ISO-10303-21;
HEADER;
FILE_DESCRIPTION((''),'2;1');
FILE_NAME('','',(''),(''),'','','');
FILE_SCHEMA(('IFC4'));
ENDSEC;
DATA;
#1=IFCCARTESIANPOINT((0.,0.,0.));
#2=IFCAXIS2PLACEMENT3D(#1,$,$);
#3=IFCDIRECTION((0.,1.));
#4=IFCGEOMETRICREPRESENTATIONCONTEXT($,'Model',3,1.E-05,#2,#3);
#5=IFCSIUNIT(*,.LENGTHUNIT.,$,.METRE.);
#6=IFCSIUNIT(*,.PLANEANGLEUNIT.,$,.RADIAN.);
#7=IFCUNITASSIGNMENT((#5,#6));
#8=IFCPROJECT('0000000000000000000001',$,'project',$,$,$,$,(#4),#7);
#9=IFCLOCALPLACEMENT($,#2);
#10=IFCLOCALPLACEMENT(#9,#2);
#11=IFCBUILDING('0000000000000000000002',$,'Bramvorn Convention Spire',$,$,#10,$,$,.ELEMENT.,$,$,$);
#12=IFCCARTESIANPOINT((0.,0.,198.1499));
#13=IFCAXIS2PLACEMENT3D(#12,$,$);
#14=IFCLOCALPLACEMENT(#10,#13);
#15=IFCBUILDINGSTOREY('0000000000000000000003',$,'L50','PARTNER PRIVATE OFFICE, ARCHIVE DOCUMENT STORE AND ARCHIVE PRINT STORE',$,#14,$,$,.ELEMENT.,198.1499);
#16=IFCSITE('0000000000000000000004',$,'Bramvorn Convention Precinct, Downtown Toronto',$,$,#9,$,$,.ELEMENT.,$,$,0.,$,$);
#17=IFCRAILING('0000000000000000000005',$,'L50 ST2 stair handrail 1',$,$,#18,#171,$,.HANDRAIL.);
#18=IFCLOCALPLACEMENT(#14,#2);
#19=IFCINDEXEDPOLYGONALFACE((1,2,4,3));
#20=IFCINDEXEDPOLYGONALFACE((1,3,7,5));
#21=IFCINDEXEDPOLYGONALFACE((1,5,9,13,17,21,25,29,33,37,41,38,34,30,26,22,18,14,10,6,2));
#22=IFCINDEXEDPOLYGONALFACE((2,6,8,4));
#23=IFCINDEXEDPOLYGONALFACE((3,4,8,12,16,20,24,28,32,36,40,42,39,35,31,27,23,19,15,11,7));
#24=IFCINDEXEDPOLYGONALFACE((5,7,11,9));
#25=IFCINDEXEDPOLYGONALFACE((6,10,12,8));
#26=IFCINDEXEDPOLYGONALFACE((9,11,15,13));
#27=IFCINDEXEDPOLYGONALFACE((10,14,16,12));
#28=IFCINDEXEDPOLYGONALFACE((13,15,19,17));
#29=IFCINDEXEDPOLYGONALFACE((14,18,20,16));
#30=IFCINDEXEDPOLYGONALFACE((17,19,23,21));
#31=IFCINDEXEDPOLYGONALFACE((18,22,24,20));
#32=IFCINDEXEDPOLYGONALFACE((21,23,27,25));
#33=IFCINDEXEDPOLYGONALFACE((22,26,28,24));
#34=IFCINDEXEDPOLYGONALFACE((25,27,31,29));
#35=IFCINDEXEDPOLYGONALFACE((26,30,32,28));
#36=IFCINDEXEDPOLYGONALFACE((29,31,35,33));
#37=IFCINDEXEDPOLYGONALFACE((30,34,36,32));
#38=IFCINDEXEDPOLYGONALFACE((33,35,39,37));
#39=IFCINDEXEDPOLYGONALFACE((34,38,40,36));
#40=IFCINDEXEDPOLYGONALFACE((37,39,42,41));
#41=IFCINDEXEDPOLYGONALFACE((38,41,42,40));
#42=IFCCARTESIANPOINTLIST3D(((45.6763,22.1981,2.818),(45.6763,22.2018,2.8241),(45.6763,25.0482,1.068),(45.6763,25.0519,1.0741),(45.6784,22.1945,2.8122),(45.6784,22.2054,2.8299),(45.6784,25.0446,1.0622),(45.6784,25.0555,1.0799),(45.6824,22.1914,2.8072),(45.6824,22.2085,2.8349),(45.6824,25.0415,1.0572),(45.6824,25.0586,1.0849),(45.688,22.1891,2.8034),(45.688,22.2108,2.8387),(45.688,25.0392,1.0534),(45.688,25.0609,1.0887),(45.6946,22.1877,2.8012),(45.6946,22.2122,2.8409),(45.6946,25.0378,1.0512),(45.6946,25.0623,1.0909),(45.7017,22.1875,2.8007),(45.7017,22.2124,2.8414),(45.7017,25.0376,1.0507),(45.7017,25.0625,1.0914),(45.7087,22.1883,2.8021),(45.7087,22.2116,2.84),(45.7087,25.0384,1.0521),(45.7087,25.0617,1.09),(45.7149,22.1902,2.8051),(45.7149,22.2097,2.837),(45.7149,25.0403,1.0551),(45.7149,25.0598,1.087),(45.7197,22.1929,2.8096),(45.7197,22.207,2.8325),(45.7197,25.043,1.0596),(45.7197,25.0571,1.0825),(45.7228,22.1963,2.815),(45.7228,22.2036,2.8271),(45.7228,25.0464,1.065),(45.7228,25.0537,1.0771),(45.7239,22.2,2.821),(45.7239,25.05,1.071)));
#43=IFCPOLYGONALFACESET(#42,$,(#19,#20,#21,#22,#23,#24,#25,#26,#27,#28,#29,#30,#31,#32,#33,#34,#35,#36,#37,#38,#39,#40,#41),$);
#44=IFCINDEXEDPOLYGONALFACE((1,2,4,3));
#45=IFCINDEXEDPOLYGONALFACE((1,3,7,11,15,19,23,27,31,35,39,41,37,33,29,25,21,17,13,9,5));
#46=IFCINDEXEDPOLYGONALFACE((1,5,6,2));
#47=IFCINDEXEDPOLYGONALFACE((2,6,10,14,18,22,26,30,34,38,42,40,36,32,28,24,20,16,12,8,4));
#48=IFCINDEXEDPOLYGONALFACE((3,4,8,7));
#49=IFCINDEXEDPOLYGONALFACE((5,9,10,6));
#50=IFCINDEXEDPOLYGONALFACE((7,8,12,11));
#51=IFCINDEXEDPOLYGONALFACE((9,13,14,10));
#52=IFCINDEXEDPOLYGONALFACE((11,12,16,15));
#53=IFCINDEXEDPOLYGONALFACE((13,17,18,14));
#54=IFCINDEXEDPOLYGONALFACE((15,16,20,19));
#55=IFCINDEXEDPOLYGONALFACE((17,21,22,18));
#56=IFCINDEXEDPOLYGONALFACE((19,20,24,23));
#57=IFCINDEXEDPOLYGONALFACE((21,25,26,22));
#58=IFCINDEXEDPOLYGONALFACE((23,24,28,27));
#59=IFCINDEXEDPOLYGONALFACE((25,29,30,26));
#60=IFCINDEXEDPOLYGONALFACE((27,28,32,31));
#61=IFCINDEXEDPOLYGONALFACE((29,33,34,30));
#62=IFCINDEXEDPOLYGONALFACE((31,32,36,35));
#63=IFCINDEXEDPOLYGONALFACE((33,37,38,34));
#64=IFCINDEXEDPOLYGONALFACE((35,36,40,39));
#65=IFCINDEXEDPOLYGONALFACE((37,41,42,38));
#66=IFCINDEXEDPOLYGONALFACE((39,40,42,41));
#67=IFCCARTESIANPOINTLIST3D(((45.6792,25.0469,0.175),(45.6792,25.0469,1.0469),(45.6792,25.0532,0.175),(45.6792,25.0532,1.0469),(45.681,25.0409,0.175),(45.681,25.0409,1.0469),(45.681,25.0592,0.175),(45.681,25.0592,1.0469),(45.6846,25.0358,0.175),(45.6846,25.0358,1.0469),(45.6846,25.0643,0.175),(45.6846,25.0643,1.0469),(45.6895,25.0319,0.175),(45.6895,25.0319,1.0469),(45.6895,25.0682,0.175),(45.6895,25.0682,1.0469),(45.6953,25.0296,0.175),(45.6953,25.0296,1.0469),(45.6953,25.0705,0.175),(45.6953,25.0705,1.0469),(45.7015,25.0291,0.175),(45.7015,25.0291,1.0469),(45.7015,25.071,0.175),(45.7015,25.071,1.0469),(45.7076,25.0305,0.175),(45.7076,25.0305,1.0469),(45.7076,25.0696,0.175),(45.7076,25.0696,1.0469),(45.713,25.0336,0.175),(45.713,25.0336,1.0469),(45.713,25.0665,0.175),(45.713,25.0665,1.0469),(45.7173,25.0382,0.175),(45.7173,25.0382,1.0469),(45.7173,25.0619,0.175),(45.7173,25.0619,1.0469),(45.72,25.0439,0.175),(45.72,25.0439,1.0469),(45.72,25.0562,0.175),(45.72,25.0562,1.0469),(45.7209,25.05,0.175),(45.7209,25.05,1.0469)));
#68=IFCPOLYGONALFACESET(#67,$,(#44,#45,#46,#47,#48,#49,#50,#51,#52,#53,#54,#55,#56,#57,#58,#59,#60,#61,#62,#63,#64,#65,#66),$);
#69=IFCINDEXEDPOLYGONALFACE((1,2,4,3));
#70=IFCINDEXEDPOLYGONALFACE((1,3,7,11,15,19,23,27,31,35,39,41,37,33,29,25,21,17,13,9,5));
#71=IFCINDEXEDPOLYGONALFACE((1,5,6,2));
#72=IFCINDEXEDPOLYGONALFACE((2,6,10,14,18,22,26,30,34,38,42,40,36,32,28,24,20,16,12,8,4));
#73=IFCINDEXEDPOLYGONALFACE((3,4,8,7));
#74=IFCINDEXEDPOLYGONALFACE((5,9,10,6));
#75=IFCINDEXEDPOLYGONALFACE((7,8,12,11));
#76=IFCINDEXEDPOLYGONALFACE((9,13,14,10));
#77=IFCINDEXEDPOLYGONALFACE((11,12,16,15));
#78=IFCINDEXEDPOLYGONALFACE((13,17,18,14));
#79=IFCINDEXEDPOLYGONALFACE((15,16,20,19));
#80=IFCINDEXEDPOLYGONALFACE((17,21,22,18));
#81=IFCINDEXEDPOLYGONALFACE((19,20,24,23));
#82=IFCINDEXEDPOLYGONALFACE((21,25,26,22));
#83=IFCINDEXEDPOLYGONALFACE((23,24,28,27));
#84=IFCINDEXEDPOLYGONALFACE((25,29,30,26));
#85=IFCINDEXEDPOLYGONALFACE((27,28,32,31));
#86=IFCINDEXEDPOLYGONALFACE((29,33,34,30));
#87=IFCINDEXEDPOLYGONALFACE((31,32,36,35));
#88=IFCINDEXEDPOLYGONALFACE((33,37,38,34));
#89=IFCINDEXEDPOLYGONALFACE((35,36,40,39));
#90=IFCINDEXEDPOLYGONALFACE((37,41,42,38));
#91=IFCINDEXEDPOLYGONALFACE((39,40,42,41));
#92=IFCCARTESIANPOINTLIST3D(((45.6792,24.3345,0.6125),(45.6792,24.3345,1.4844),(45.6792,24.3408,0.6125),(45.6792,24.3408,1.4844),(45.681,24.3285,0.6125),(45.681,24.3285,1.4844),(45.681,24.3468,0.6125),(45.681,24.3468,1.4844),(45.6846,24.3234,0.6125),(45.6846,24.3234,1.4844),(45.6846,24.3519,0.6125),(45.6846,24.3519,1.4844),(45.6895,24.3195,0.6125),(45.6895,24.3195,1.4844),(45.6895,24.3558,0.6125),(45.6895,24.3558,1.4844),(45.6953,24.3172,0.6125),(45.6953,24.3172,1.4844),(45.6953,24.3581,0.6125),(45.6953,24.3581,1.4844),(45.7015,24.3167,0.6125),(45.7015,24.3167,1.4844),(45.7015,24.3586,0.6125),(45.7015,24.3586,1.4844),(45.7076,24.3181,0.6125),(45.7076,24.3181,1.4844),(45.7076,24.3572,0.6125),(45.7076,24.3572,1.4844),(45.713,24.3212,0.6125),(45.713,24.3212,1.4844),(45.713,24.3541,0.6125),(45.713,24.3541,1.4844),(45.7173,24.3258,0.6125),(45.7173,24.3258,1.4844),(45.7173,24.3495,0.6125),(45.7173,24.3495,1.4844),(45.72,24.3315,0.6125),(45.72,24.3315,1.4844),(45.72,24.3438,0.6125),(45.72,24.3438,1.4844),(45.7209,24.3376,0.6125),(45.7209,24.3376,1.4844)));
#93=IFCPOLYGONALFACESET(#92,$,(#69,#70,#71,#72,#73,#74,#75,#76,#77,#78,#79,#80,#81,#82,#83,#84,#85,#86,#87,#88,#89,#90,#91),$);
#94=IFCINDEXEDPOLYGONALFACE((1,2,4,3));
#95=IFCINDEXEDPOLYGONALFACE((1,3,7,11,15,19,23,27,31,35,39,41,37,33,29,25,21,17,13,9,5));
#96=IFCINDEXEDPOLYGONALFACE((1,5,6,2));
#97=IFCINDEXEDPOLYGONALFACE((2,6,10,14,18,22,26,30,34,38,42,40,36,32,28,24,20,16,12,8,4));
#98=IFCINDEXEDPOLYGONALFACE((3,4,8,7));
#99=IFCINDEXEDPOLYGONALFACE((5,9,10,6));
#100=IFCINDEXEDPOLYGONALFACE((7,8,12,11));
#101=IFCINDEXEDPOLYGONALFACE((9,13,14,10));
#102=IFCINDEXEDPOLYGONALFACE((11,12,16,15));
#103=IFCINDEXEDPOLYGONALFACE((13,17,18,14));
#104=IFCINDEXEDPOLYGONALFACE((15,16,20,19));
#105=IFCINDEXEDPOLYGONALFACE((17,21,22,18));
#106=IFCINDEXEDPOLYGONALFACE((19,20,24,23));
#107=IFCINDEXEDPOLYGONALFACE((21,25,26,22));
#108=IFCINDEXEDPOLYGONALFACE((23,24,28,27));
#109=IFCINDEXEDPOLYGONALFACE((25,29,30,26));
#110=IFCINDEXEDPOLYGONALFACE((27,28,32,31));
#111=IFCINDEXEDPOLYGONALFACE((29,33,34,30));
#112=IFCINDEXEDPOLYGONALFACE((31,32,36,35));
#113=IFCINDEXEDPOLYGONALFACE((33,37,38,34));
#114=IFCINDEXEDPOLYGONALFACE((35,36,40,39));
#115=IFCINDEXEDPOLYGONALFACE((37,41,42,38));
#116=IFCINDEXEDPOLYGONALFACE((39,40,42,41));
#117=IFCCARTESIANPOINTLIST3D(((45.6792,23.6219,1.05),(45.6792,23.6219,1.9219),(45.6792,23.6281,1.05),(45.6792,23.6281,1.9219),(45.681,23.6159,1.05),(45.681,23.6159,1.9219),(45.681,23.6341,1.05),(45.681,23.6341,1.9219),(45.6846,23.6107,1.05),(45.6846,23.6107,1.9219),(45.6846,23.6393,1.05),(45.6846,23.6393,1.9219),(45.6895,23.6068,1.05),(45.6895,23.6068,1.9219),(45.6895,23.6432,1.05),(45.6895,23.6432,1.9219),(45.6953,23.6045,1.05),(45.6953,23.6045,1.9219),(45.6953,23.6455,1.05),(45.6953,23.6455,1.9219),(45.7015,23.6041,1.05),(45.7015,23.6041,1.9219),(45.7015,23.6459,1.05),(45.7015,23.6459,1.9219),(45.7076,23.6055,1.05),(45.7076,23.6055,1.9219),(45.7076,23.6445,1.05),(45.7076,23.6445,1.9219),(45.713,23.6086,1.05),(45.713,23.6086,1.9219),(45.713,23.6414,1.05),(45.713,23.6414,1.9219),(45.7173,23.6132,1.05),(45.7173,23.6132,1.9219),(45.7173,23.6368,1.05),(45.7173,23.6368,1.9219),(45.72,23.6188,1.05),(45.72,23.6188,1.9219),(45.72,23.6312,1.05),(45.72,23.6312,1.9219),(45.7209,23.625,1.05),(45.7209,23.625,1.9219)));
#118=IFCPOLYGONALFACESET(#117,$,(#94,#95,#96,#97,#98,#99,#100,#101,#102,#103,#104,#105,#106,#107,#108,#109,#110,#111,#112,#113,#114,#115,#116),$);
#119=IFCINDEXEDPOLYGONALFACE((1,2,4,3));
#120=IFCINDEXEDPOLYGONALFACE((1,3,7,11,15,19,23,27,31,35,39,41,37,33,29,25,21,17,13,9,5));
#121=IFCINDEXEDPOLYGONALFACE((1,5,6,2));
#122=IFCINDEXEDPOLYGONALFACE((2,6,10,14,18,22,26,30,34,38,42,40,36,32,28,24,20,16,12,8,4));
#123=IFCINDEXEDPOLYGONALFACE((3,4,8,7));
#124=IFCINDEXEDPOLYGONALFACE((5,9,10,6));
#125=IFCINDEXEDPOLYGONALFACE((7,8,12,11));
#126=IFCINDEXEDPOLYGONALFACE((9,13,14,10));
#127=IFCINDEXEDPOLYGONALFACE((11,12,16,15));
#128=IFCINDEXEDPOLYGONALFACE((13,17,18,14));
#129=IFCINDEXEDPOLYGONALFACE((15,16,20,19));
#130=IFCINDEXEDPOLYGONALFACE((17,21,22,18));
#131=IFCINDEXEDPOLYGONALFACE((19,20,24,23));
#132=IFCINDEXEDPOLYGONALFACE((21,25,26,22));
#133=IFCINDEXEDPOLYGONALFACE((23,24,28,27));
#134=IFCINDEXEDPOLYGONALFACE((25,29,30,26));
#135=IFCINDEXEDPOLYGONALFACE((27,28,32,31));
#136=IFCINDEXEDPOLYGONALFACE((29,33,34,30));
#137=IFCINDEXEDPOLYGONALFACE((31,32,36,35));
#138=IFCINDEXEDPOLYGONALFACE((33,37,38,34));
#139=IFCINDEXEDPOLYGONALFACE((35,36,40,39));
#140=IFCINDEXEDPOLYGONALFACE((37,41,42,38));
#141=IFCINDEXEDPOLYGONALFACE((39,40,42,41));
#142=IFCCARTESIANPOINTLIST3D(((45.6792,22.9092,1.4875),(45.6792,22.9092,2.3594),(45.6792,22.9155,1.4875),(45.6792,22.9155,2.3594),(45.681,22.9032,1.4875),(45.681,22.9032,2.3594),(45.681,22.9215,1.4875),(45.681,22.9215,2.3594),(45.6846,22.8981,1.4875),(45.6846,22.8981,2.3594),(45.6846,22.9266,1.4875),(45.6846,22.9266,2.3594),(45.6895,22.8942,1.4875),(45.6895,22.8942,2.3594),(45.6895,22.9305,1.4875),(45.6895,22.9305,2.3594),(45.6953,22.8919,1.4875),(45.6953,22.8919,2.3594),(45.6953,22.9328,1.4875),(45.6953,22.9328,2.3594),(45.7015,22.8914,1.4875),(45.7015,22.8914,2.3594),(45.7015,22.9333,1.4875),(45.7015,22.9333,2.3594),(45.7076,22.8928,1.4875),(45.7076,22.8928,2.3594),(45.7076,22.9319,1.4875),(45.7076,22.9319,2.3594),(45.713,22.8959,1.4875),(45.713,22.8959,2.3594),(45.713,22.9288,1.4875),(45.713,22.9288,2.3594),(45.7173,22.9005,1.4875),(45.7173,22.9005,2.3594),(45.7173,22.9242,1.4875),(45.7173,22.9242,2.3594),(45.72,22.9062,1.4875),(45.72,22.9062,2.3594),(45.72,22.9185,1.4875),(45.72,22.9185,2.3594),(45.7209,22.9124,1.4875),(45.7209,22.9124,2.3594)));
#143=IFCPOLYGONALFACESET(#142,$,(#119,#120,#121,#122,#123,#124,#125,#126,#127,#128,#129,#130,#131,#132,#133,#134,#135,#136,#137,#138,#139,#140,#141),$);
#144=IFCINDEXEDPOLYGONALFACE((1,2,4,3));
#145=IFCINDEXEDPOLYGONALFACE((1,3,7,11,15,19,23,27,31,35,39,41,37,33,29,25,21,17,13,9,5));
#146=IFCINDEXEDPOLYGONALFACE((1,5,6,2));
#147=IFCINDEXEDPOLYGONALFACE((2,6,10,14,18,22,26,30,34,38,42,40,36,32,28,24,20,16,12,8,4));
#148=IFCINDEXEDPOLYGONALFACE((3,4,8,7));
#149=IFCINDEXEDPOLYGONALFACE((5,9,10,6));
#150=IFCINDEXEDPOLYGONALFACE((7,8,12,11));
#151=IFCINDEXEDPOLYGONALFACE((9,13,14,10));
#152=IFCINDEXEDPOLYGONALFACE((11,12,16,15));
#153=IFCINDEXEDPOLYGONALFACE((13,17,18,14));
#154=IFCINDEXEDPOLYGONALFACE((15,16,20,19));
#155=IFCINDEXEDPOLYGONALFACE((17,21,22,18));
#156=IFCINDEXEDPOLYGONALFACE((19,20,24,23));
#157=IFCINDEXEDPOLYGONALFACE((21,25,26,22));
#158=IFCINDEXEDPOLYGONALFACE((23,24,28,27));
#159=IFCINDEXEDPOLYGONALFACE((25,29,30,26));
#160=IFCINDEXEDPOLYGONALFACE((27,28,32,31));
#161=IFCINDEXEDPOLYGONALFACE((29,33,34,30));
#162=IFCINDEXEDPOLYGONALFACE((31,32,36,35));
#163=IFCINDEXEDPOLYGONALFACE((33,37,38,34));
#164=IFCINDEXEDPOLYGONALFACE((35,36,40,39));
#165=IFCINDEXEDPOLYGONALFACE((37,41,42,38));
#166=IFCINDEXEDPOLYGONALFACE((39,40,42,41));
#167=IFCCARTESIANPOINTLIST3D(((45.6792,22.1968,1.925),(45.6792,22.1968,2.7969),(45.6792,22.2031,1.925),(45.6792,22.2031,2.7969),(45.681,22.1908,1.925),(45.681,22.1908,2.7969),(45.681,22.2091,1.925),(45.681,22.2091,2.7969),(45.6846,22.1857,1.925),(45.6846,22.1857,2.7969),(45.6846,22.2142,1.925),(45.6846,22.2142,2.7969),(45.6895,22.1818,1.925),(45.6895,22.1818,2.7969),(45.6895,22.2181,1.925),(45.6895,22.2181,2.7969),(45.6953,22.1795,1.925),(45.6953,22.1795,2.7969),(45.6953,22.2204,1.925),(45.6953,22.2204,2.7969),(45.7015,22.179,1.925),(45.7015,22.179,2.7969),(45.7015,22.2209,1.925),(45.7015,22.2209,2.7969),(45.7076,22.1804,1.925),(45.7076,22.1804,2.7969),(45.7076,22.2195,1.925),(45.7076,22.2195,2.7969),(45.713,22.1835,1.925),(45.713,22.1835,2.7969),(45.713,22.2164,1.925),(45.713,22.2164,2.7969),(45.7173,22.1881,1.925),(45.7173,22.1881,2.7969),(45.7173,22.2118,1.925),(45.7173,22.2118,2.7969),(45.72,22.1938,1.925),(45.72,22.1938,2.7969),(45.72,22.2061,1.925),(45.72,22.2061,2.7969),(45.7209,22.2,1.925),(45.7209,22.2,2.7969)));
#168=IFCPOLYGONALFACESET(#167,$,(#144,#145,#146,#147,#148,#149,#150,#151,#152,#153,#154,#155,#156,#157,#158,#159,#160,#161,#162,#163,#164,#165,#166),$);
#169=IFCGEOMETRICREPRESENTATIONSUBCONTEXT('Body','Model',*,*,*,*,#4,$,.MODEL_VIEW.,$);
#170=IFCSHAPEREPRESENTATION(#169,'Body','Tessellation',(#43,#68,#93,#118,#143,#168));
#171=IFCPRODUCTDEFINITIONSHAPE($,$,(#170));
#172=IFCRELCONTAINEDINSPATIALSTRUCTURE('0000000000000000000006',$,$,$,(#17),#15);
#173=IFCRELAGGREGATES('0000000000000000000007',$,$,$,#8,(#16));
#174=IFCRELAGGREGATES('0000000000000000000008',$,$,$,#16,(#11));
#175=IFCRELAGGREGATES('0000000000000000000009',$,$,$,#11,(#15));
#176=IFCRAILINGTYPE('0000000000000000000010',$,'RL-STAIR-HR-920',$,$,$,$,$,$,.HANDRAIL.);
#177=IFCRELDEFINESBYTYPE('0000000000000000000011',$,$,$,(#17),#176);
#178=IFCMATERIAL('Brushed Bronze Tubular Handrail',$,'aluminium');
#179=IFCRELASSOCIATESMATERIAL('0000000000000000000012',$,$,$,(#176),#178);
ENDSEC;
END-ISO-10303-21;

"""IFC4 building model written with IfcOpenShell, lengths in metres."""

from ifc_helpers import new_model, si_unit, direction, frame, origin, origin_2d, place, context, subcontext, project, spatial, circle, extrude, material, type_object, element, save


model = new_model("IFC4")

# Units and contexts
model_context = context("Model", 3, precision=1e-05, world=origin(), true_north=direction((0.0, 1.0)))
body_context = subcontext(model_context, "Body", "Model", "MODEL_VIEW")
ifc_project = project(units=[si_unit("LENGTHUNIT", "METRE"), si_unit("PLANEANGLEUNIT", "RADIAN")], contexts=[model_context])

# Site, building, storey
site_placement = place(None, origin())
site = spatial("IfcSite", under=ifc_project, at=site_placement, Name="Bramvorn Convention Precinct, Downtown Toronto", CompositionType="ELEMENT", RefElevation=0.0)
building_placement = place(site_placement, origin())
building = spatial("IfcBuilding", under=site, at=building_placement, Name="Bramvorn Convention Spire", CompositionType="ELEMENT")
storey_placement = place(building_placement, frame((0.0, 0.0, 198.1499)))
storey = spatial("IfcBuildingStorey", under=building, at=storey_placement, Name="L50", Description="PARTNER PRIVATE OFFICE, ARCHIVE DOCUMENT STORE AND ARCHIVE PRINT STORE", CompositionType="ELEMENT", Elevation=198.1499)

# Railing
ifc_material_1 = material(Name="Brushed Bronze Tubular Handrail", Category="aluminium")
railing_type_1 = type_object("IfcRailingType", Name="RL-STAIR-HR-920", PredefinedType="HANDRAIL", material=ifc_material_1)
railing_1_placement = place(storey_placement, frame((45.7, 25.05, 0.175)))
element("IfcRailing", 1, at=railing_1_placement, inside=storey, type_object=railing_type_1, Name="L50 ST2 stair handrail 1", PredefinedType="HANDRAIL", context=body_context, shape_type="SweptSolid", body=[
    extrude(circle(Radius=0.0239, at=origin_2d()), frame((0.0, 0.0, 0.896), z_axis=(0.0, -0.852179, 0.52325), x_axis=(1.0, 0.0, 0.0)), (0.0, 0.0, 1.0), 3.3445),
    extrude(circle(Radius=0.021, at=origin_2d()), origin(), (0.0, 0.0, 1.0), 0.8718),
    extrude(circle(Radius=0.021, at=origin_2d()), frame((0.0, -0.7124, 0.4375)), (0.0, 0.0, 1.0), 0.8718),
    extrude(circle(Radius=0.021, at=origin_2d()), frame((0.0, -1.425, 0.875)), (0.0, 0.0, 1.0), 0.8718),
    extrude(circle(Radius=0.021, at=origin_2d()), frame((0.0, -2.1377, 1.3125)), (0.0, 0.0, 1.0), 0.8718),
    extrude(circle(Radius=0.021, at=origin_2d()), frame((0.0, -2.8501, 1.75)), (0.0, 0.0, 1.0), 0.8718),
])

save(model, "model.ifc")
